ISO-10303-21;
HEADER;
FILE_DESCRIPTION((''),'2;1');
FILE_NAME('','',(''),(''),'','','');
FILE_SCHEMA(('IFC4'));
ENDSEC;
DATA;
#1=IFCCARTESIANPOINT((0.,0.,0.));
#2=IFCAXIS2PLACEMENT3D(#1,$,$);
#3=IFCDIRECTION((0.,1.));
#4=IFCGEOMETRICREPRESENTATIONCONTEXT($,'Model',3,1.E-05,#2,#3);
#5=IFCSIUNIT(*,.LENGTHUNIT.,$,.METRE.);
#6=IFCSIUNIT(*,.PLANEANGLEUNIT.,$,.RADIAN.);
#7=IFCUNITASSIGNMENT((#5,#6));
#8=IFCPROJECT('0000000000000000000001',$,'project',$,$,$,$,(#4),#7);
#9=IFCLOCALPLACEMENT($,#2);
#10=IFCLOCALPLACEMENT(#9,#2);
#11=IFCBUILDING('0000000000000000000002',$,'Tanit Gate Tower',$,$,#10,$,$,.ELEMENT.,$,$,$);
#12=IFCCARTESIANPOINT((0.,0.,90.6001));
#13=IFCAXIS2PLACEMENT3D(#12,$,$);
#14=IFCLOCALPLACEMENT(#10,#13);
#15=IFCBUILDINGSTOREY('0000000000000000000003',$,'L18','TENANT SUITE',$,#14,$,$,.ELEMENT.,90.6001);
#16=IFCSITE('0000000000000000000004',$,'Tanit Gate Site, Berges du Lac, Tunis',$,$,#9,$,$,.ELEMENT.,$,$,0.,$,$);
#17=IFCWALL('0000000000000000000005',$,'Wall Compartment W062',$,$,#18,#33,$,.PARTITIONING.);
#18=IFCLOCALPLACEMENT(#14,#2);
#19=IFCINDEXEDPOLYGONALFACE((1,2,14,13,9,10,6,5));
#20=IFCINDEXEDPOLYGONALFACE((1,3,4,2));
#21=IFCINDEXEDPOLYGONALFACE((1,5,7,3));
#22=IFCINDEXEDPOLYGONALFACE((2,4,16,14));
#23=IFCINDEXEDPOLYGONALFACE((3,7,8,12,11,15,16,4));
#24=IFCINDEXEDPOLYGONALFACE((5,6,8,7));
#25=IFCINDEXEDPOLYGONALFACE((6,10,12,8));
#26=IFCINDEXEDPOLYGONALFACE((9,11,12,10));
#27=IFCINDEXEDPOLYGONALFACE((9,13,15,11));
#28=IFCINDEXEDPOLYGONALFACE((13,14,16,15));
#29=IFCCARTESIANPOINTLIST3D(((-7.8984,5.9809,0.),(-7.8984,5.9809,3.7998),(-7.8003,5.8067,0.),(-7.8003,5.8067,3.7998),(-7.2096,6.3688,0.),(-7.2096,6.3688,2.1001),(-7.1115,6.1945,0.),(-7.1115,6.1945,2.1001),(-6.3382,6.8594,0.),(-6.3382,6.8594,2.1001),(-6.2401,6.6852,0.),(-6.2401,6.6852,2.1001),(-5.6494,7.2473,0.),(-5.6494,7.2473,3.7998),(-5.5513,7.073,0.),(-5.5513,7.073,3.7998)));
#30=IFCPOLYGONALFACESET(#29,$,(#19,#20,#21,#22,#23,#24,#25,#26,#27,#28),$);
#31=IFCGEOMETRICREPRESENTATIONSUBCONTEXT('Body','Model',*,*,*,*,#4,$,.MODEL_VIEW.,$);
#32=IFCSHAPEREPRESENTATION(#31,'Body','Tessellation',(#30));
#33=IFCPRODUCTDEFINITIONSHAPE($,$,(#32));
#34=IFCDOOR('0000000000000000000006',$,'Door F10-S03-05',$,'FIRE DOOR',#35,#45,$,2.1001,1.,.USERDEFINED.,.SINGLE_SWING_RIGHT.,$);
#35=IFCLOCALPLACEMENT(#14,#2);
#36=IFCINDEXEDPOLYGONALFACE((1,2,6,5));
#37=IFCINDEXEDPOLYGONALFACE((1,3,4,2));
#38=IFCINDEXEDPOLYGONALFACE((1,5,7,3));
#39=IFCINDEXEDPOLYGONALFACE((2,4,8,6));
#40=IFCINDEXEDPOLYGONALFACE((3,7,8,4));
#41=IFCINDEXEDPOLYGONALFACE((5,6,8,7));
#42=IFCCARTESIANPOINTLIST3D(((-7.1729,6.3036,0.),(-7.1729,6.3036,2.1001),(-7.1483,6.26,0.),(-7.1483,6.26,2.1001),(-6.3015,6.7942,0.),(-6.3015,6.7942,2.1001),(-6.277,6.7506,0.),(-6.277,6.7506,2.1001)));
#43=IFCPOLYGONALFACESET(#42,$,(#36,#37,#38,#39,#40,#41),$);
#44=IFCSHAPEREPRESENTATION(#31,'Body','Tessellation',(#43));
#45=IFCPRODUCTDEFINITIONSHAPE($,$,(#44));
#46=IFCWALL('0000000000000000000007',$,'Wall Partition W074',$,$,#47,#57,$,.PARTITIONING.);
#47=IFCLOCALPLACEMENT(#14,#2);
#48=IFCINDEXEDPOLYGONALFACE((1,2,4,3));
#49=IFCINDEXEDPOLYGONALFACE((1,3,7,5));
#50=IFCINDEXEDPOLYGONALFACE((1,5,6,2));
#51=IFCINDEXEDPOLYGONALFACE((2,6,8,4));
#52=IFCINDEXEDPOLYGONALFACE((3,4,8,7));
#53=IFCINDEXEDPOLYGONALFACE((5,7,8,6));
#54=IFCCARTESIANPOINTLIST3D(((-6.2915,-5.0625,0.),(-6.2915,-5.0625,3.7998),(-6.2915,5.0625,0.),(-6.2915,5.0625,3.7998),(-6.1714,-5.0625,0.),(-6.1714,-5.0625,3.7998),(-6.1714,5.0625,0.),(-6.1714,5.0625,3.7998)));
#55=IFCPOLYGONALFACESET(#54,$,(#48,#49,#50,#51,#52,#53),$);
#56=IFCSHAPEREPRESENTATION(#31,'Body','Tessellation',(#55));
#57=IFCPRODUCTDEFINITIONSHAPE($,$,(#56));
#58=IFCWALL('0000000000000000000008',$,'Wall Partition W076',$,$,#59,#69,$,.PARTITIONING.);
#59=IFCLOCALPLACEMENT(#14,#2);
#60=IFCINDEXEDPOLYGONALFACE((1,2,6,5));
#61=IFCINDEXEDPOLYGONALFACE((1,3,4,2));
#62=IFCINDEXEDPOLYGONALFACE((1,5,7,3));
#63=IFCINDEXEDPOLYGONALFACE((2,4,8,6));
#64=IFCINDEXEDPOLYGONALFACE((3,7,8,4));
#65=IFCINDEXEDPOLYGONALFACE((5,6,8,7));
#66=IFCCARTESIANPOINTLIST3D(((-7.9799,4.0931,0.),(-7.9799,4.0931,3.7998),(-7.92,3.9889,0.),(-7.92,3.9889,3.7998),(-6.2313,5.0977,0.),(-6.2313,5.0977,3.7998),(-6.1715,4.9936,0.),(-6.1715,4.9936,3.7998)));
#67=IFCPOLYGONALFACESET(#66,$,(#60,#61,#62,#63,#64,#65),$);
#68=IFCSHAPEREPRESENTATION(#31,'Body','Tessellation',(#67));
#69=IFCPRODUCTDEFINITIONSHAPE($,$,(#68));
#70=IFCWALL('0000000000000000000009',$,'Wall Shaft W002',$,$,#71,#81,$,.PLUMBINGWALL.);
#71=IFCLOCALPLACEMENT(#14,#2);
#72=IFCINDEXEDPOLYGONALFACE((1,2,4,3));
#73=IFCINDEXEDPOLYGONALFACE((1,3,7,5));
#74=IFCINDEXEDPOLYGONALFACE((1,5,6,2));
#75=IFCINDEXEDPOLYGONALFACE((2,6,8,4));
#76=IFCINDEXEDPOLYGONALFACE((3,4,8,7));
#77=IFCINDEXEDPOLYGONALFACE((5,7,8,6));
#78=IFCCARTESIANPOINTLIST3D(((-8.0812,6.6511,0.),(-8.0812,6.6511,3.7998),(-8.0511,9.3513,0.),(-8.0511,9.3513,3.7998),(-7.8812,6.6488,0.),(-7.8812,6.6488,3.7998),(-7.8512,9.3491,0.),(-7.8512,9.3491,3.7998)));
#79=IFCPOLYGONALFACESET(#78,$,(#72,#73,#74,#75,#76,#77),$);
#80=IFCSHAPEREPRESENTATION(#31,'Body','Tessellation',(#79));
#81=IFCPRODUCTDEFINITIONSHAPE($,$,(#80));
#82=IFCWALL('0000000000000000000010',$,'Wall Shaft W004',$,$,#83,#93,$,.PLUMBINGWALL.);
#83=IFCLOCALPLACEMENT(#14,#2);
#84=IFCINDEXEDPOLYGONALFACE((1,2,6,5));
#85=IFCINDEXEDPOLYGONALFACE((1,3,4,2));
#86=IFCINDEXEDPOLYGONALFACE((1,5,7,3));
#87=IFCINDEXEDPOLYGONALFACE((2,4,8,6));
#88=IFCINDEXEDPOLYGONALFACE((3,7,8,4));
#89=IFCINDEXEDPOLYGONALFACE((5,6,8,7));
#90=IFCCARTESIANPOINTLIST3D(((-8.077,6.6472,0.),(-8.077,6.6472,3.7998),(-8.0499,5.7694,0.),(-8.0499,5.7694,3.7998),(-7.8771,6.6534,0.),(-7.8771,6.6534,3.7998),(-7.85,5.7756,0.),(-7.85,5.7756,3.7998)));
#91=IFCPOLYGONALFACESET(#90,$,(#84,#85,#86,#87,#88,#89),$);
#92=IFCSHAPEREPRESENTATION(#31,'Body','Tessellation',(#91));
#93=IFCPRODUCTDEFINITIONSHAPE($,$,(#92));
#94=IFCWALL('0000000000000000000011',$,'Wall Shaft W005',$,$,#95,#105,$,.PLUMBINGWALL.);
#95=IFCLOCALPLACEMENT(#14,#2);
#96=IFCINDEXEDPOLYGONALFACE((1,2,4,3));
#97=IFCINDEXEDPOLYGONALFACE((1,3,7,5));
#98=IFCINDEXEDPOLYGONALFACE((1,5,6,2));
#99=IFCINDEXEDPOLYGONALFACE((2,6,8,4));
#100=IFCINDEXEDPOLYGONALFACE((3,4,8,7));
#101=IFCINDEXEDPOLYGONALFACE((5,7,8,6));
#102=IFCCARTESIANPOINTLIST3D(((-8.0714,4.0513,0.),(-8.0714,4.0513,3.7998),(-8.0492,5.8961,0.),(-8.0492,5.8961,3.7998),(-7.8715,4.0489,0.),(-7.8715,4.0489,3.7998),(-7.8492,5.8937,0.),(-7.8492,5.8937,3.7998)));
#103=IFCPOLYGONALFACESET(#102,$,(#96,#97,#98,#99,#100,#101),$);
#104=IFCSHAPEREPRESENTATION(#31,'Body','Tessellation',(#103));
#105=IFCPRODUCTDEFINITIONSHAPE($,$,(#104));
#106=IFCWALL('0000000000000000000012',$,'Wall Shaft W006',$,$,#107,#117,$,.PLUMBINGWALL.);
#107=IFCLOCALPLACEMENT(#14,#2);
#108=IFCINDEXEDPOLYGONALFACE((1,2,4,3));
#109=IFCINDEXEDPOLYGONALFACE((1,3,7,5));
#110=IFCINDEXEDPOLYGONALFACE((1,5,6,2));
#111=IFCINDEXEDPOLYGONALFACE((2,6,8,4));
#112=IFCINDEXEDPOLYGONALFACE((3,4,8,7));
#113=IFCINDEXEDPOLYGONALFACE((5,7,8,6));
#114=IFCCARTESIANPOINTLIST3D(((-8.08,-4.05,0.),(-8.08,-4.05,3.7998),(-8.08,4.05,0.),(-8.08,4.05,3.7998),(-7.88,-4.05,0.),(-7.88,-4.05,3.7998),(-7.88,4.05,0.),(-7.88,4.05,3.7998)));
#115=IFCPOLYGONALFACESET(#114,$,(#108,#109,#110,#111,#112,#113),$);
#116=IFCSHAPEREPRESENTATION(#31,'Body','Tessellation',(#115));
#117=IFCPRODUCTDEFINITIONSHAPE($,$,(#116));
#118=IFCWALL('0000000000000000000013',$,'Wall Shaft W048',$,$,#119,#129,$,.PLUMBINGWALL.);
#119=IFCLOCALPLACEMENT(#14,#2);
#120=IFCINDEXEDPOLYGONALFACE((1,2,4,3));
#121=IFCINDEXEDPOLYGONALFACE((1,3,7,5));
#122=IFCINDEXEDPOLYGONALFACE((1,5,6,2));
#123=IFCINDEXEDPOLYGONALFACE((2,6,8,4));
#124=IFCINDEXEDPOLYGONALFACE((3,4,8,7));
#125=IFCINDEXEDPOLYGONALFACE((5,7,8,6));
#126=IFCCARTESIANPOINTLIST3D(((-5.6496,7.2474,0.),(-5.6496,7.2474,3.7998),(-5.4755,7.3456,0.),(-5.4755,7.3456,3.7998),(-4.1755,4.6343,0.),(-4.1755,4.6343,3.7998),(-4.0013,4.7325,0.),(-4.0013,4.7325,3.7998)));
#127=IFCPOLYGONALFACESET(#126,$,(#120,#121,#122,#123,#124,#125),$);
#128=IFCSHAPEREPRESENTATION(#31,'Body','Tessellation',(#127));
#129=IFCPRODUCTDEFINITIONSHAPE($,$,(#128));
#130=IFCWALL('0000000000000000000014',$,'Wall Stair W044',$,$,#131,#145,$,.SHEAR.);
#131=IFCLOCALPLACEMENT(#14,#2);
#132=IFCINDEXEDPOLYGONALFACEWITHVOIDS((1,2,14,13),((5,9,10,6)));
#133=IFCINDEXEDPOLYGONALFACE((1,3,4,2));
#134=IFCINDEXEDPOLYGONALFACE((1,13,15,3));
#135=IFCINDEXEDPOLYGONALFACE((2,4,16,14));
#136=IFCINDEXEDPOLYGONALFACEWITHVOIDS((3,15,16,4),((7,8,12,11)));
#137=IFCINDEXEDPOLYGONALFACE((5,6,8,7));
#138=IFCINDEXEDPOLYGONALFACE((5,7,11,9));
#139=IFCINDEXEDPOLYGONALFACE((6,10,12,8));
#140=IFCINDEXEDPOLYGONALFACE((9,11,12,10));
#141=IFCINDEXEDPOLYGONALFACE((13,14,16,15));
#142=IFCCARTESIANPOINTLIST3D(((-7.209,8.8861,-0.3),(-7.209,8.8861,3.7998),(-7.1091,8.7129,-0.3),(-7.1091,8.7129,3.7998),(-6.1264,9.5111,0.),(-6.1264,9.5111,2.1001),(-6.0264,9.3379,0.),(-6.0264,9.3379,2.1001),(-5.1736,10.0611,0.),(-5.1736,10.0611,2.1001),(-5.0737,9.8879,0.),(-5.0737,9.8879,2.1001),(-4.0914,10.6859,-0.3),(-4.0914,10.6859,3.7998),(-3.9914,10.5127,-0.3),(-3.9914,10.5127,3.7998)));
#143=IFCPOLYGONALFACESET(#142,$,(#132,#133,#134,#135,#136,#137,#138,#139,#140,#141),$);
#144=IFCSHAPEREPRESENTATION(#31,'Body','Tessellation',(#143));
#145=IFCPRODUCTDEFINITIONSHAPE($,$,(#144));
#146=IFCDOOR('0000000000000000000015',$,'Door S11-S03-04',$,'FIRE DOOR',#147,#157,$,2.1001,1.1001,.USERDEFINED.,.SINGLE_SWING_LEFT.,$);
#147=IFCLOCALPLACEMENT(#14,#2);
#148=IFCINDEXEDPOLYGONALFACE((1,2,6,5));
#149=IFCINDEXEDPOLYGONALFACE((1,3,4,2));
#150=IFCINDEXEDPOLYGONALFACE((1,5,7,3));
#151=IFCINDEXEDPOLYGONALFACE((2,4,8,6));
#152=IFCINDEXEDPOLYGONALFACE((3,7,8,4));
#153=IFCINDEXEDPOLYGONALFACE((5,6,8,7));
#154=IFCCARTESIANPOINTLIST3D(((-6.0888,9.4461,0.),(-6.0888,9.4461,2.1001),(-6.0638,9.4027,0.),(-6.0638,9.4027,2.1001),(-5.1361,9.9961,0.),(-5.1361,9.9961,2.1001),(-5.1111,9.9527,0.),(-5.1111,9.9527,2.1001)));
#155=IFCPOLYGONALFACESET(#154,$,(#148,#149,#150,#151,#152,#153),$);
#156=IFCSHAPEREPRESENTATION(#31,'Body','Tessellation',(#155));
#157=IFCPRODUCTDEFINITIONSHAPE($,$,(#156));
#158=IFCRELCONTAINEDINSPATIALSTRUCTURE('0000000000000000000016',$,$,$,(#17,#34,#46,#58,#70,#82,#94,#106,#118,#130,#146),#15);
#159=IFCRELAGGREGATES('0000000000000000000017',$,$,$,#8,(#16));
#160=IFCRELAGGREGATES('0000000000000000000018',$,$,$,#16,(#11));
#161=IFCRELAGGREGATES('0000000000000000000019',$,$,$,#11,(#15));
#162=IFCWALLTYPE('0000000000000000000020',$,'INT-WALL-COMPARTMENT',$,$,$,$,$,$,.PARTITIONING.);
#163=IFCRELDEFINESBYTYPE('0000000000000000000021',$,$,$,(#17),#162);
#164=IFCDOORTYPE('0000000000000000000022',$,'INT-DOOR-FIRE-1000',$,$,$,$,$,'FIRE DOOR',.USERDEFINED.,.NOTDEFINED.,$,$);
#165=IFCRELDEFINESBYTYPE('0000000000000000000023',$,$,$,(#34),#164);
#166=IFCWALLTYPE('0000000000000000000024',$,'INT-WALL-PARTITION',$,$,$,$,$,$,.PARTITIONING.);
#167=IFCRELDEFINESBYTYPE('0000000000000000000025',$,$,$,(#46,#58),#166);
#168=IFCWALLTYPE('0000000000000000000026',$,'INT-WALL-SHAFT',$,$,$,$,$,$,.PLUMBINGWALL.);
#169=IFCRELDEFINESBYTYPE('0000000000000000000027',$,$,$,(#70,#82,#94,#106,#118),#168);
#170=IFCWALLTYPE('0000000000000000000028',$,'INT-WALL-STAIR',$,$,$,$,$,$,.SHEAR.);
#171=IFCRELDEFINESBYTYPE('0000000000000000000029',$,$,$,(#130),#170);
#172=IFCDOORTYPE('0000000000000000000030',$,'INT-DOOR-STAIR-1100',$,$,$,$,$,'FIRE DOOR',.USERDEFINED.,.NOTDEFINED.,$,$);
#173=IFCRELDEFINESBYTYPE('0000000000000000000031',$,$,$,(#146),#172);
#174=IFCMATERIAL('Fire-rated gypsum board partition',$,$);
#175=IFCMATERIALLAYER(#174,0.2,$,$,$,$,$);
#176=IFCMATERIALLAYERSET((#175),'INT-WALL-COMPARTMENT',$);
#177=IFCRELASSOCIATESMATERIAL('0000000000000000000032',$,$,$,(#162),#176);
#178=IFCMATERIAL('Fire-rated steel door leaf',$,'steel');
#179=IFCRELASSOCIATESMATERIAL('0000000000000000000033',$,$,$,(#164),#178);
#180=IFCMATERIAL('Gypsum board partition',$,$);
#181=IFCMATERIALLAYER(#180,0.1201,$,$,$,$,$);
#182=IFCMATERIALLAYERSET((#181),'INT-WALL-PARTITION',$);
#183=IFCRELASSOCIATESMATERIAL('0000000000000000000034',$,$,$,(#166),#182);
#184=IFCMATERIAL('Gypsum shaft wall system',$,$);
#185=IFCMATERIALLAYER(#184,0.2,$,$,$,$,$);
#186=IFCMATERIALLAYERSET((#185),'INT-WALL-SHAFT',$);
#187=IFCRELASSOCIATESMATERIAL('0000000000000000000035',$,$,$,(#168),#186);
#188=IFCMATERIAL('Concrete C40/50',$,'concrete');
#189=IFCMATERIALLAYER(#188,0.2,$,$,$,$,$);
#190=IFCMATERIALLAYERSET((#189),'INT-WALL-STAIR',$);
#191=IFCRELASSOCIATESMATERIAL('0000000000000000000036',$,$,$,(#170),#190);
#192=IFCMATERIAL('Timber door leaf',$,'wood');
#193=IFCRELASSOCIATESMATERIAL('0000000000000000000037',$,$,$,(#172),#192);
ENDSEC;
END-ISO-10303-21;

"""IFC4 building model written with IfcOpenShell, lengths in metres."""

from ifc_helpers import new_model, si_unit, direction, frame, frame_2d, origin, place, context, subcontext, project, spatial, rectangle, extrude, material, layer, layer_set, type_object, element, fill, save


model = new_model("IFC4")

# Units and contexts
model_context = context("Model", 3, precision=1e-05, world=origin(), true_north=direction((0.0, 1.0)))
body_context = subcontext(model_context, "Body", "Model", "MODEL_VIEW")
ifc_project = project(units=[si_unit("LENGTHUNIT", "METRE"), si_unit("PLANEANGLEUNIT", "RADIAN")], contexts=[model_context])

# Site, building, storey
site_placement = place(None, origin())
site = spatial("IfcSite", under=ifc_project, at=site_placement, Name="Tanit Gate Site, Berges du Lac, Tunis", CompositionType="ELEMENT", RefElevation=0.0)
building_placement = place(site_placement, origin())
building = spatial("IfcBuilding", under=site, at=building_placement, Name="Tanit Gate Tower", CompositionType="ELEMENT")
storey_placement = place(building_placement, frame((0.0, 0.0, 90.6001)))
storey = spatial("IfcBuildingStorey", under=building, at=storey_placement, Name="L18", Description="TENANT SUITE", CompositionType="ELEMENT", Elevation=90.6001)

# Wall, opening, door
ifc_material_1 = material(Name="Fire-rated gypsum board partition")
ifc_layer_1 = layer(ifc_material_1, 0.2)
ifc_layer_set_1 = layer_set([ifc_layer_1], Name="INT-WALL-COMPARTMENT")
wall_type_1 = type_object("IfcWallType", Name="INT-WALL-COMPARTMENT", PredefinedType="PARTITIONING", material=ifc_layer_set_1)
wall_1_placement = place(storey_placement, frame((-5.6003, 7.1602, 0.0), z_axis=(0.0, 0.0, 1.0), x_axis=(-0.871363, -0.490638, 0.0)))
wall_1 = element("IfcWall", 1, at=wall_1_placement, inside=storey, type_object=wall_type_1, Name="Wall Compartment W062", PredefinedType="PARTITIONING", context=body_context, shape_type="SweptSolid", body=[
    extrude(rectangle(XDim=2.5811, YDim=0.2, at=frame_2d((1.2905, 0.0))), origin(), (0.0, 0.0, 1.0), 3.7998),
])
opening_1_placement = place(wall_1_placement, frame((0.7905, 0.0, 0.0)))
opening_1 = element("IfcOpeningElement", 2, at=opening_1_placement, cuts=wall_1, PredefinedType="OPENING", context=body_context, shape_type="SweptSolid", body=[
    extrude(rectangle(XDim=1.0, YDim=2.1001, at=frame_2d((0.5, 1.05))), frame((0.0, 0.1099, 0.0), z_axis=(0.0, -1.0, 0.0), x_axis=(1.0, 0.0, 0.0)), (0.0, 0.0, 1.0), 0.22),
])
ifc_material_2 = material(Name="Fire-rated steel door leaf", Category="steel")
door_type_1 = type_object("IfcDoorType", Name="INT-DOOR-FIRE-1000", ElementType="FIRE DOOR", OperationType="NOTDEFINED", PredefinedType="USERDEFINED", material=ifc_material_2)
door_1_placement = place(opening_1_placement, origin())
door_1 = element("IfcDoor", 3, at=door_1_placement, inside=storey, type_object=door_type_1, Name="Door F10-S03-05", ObjectType="FIRE DOOR", OperationType="SINGLE_SWING_RIGHT", OverallHeight=2.1001, OverallWidth=1.0, PredefinedType="USERDEFINED", context=body_context, shape_type="SweptSolid", body=[
    extrude(rectangle(XDim=1.0, YDim=2.1001, at=frame_2d((0.5, 1.05))), frame((0.0, 0.0249, 0.0), z_axis=(0.0, -1.0, 0.0), x_axis=(1.0, 0.0, 0.0)), (0.0, 0.0, 1.0), 0.05),
])
fill(opening_1, door_1)

# Walls
ifc_material_3 = material(Name="Gypsum board partition")
ifc_layer_2 = layer(ifc_material_3, 0.1201)
ifc_layer_set_2 = layer_set([ifc_layer_2], Name="INT-WALL-PARTITION")
wall_type_2 = type_object("IfcWallType", Name="INT-WALL-PARTITION", PredefinedType="PARTITIONING", material=ifc_layer_set_2)
wall_2_placement = place(storey_placement, frame((-6.2314, 5.0625, 0.0), z_axis=(0.0, 0.0, 1.0), x_axis=(0.0, -1.0, 0.0)))
element("IfcWall", 4, at=wall_2_placement, inside=storey, type_object=wall_type_2, Name="Wall Partition W074", PredefinedType="PARTITIONING", context=body_context, shape_type="SweptSolid", body=[
    extrude(rectangle(XDim=10.125, YDim=0.1201, at=frame_2d((5.0625, 0.0))), origin(), (0.0, 0.0, 1.0), 3.7998),
])
wall_3_placement = place(storey_placement, frame((-6.2014, 5.0457, 0.0), z_axis=(0.0, 0.0, 1.0), x_axis=(-0.867071, -0.498184, 0.0)))
element("IfcWall", 5, at=wall_3_placement, inside=storey, type_object=wall_type_2, Name="Wall Partition W076", PredefinedType="PARTITIONING", context=body_context, shape_type="SweptSolid", body=[
    extrude(rectangle(XDim=2.0166, YDim=0.1201, at=frame_2d((1.0083, 0.0))), origin(), (0.0, 0.0, 1.0), 3.7998),
])
ifc_material_4 = material(Name="Gypsum shaft wall system")
ifc_layer_3 = layer(ifc_material_4, 0.2)
ifc_layer_set_3 = layer_set([ifc_layer_3], Name="INT-WALL-SHAFT")
wall_type_3 = type_object("IfcWallType", Name="INT-WALL-SHAFT", PredefinedType="PLUMBINGWALL", material=ifc_layer_set_3)
wall_4_placement = place(storey_placement, frame((-7.9512, 9.3501, 0.0), z_axis=(0.0, 0.0, 1.0), x_axis=(-0.01112, -0.999938, 0.0)))
element("IfcWall", 6, at=wall_4_placement, inside=storey, type_object=wall_type_3, Name="Wall Shaft W002", PredefinedType="PLUMBINGWALL", context=body_context, shape_type="SweptSolid", body=[
    extrude(rectangle(XDim=2.7004, YDim=0.2, at=frame_2d((1.3501, 0.0))), origin(), (0.0, 0.0, 1.0), 3.7998),
])
wall_5_placement = place(storey_placement, frame((-7.9771, 6.6501, 0.0), z_axis=(0.0, 0.0, 1.0), x_axis=(0.030862, -0.999524, 0.0)))
element("IfcWall", 7, at=wall_5_placement, inside=storey, type_object=wall_type_3, Name="Wall Shaft W004", PredefinedType="PLUMBINGWALL", context=body_context, shape_type="SweptSolid", body=[
    extrude(rectangle(XDim=0.8782, YDim=0.2, at=frame_2d((0.439, 0.0))), origin(), (0.0, 0.0, 1.0), 3.7998),
])
wall_6_placement = place(storey_placement, frame((-7.9492, 5.8948, 0.0), z_axis=(0.0, 0.0, 1.0), x_axis=(-0.012043, -0.999927, 0.0)))
element("IfcWall", 8, at=wall_6_placement, inside=storey, type_object=wall_type_3, Name="Wall Shaft W005", PredefinedType="PLUMBINGWALL", context=body_context, shape_type="SweptSolid", body=[
    extrude(rectangle(XDim=1.845, YDim=0.2, at=frame_2d((0.9224, 0.0))), origin(), (0.0, 0.0, 1.0), 3.7998),
])
wall_7_placement = place(storey_placement, frame((-7.98, 4.05, 0.0), z_axis=(0.0, 0.0, 1.0), x_axis=(0.0, -1.0, 0.0)))
element("IfcWall", 9, at=wall_7_placement, inside=storey, type_object=wall_type_3, Name="Wall Shaft W006", PredefinedType="PLUMBINGWALL", context=body_context, shape_type="SweptSolid", body=[
    extrude(rectangle(XDim=8.1001, YDim=0.2, at=frame_2d((4.05, 0.0))), origin(), (0.0, 0.0, 1.0), 3.7998),
])

# Wall
wall_8_placement = place(storey_placement, frame((-5.5625, 7.2964, 0.0), z_axis=(0.0, 0.0, 1.0), x_axis=(0.491347, -0.870964, 0.0)))
element("IfcWall", 10, at=wall_8_placement, inside=storey, type_object=wall_type_3, Name="Wall Shaft W048", PredefinedType="PLUMBINGWALL", context=body_context, shape_type="SweptSolid", body=[
    extrude(rectangle(XDim=3.0002, YDim=0.2, at=frame_2d((1.5, 0.0))), origin(), (0.0, 0.0, 1.0), 3.7998),
])

# Wall, opening, door
ifc_material_5 = material(Name="Concrete C40/50", Category="concrete")
ifc_layer_4 = layer(ifc_material_5, 0.2)
ifc_layer_set_4 = layer_set([ifc_layer_4], Name="INT-WALL-STAIR")
wall_type_4 = type_object("IfcWallType", Name="INT-WALL-STAIR", PredefinedType="SHEAR", material=ifc_layer_set_4)
wall_9_placement = place(storey_placement, frame((-7.1589, 8.7996, -0.3), z_axis=(0.0, 0.0, 1.0), x_axis=(0.866048, 0.499961, 0.0)))
wall_9 = element("IfcWall", 11, at=wall_9_placement, inside=storey, type_object=wall_type_4, Name="Wall Stair W044", PredefinedType="SHEAR", context=body_context, shape_type="SweptSolid", body=[
    extrude(rectangle(XDim=3.5999, YDim=0.2, at=frame_2d((1.7998, 0.0))), origin(), (0.0, 0.0, 1.0), 4.0999),
])
opening_2_placement = place(wall_9_placement, frame((1.25, 0.0, 0.3)))
opening_2 = element("IfcOpeningElement", 12, at=opening_2_placement, cuts=wall_9, PredefinedType="OPENING", context=body_context, shape_type="SweptSolid", body=[
    extrude(rectangle(XDim=1.1001, YDim=2.1001, at=frame_2d((0.55, 1.05))), frame((0.0, 0.1099, 0.0), z_axis=(0.0, -1.0, 0.0), x_axis=(1.0, 0.0, 0.0)), (0.0, 0.0, 1.0), 0.22),
])
ifc_material_6 = material(Name="Timber door leaf", Category="wood")
door_type_2 = type_object("IfcDoorType", Name="INT-DOOR-STAIR-1100", ElementType="FIRE DOOR", OperationType="NOTDEFINED", PredefinedType="USERDEFINED", material=ifc_material_6)
door_2_placement = place(opening_2_placement, origin())
door_2 = element("IfcDoor", 13, at=door_2_placement, inside=storey, type_object=door_type_2, Name="Door S11-S03-04", ObjectType="FIRE DOOR", OperationType="SINGLE_SWING_LEFT", OverallHeight=2.1001, OverallWidth=1.1001, PredefinedType="USERDEFINED", context=body_context, shape_type="SweptSolid", body=[
    extrude(rectangle(XDim=1.1001, YDim=2.1001, at=frame_2d((0.55, 1.05))), frame((0.0, 0.0249, 0.0), z_axis=(0.0, -1.0, 0.0), x_axis=(1.0, 0.0, 0.0)), (0.0, 0.0, 1.0), 0.05),
])
fill(opening_2, door_2)

save(model, "model.ifc")
